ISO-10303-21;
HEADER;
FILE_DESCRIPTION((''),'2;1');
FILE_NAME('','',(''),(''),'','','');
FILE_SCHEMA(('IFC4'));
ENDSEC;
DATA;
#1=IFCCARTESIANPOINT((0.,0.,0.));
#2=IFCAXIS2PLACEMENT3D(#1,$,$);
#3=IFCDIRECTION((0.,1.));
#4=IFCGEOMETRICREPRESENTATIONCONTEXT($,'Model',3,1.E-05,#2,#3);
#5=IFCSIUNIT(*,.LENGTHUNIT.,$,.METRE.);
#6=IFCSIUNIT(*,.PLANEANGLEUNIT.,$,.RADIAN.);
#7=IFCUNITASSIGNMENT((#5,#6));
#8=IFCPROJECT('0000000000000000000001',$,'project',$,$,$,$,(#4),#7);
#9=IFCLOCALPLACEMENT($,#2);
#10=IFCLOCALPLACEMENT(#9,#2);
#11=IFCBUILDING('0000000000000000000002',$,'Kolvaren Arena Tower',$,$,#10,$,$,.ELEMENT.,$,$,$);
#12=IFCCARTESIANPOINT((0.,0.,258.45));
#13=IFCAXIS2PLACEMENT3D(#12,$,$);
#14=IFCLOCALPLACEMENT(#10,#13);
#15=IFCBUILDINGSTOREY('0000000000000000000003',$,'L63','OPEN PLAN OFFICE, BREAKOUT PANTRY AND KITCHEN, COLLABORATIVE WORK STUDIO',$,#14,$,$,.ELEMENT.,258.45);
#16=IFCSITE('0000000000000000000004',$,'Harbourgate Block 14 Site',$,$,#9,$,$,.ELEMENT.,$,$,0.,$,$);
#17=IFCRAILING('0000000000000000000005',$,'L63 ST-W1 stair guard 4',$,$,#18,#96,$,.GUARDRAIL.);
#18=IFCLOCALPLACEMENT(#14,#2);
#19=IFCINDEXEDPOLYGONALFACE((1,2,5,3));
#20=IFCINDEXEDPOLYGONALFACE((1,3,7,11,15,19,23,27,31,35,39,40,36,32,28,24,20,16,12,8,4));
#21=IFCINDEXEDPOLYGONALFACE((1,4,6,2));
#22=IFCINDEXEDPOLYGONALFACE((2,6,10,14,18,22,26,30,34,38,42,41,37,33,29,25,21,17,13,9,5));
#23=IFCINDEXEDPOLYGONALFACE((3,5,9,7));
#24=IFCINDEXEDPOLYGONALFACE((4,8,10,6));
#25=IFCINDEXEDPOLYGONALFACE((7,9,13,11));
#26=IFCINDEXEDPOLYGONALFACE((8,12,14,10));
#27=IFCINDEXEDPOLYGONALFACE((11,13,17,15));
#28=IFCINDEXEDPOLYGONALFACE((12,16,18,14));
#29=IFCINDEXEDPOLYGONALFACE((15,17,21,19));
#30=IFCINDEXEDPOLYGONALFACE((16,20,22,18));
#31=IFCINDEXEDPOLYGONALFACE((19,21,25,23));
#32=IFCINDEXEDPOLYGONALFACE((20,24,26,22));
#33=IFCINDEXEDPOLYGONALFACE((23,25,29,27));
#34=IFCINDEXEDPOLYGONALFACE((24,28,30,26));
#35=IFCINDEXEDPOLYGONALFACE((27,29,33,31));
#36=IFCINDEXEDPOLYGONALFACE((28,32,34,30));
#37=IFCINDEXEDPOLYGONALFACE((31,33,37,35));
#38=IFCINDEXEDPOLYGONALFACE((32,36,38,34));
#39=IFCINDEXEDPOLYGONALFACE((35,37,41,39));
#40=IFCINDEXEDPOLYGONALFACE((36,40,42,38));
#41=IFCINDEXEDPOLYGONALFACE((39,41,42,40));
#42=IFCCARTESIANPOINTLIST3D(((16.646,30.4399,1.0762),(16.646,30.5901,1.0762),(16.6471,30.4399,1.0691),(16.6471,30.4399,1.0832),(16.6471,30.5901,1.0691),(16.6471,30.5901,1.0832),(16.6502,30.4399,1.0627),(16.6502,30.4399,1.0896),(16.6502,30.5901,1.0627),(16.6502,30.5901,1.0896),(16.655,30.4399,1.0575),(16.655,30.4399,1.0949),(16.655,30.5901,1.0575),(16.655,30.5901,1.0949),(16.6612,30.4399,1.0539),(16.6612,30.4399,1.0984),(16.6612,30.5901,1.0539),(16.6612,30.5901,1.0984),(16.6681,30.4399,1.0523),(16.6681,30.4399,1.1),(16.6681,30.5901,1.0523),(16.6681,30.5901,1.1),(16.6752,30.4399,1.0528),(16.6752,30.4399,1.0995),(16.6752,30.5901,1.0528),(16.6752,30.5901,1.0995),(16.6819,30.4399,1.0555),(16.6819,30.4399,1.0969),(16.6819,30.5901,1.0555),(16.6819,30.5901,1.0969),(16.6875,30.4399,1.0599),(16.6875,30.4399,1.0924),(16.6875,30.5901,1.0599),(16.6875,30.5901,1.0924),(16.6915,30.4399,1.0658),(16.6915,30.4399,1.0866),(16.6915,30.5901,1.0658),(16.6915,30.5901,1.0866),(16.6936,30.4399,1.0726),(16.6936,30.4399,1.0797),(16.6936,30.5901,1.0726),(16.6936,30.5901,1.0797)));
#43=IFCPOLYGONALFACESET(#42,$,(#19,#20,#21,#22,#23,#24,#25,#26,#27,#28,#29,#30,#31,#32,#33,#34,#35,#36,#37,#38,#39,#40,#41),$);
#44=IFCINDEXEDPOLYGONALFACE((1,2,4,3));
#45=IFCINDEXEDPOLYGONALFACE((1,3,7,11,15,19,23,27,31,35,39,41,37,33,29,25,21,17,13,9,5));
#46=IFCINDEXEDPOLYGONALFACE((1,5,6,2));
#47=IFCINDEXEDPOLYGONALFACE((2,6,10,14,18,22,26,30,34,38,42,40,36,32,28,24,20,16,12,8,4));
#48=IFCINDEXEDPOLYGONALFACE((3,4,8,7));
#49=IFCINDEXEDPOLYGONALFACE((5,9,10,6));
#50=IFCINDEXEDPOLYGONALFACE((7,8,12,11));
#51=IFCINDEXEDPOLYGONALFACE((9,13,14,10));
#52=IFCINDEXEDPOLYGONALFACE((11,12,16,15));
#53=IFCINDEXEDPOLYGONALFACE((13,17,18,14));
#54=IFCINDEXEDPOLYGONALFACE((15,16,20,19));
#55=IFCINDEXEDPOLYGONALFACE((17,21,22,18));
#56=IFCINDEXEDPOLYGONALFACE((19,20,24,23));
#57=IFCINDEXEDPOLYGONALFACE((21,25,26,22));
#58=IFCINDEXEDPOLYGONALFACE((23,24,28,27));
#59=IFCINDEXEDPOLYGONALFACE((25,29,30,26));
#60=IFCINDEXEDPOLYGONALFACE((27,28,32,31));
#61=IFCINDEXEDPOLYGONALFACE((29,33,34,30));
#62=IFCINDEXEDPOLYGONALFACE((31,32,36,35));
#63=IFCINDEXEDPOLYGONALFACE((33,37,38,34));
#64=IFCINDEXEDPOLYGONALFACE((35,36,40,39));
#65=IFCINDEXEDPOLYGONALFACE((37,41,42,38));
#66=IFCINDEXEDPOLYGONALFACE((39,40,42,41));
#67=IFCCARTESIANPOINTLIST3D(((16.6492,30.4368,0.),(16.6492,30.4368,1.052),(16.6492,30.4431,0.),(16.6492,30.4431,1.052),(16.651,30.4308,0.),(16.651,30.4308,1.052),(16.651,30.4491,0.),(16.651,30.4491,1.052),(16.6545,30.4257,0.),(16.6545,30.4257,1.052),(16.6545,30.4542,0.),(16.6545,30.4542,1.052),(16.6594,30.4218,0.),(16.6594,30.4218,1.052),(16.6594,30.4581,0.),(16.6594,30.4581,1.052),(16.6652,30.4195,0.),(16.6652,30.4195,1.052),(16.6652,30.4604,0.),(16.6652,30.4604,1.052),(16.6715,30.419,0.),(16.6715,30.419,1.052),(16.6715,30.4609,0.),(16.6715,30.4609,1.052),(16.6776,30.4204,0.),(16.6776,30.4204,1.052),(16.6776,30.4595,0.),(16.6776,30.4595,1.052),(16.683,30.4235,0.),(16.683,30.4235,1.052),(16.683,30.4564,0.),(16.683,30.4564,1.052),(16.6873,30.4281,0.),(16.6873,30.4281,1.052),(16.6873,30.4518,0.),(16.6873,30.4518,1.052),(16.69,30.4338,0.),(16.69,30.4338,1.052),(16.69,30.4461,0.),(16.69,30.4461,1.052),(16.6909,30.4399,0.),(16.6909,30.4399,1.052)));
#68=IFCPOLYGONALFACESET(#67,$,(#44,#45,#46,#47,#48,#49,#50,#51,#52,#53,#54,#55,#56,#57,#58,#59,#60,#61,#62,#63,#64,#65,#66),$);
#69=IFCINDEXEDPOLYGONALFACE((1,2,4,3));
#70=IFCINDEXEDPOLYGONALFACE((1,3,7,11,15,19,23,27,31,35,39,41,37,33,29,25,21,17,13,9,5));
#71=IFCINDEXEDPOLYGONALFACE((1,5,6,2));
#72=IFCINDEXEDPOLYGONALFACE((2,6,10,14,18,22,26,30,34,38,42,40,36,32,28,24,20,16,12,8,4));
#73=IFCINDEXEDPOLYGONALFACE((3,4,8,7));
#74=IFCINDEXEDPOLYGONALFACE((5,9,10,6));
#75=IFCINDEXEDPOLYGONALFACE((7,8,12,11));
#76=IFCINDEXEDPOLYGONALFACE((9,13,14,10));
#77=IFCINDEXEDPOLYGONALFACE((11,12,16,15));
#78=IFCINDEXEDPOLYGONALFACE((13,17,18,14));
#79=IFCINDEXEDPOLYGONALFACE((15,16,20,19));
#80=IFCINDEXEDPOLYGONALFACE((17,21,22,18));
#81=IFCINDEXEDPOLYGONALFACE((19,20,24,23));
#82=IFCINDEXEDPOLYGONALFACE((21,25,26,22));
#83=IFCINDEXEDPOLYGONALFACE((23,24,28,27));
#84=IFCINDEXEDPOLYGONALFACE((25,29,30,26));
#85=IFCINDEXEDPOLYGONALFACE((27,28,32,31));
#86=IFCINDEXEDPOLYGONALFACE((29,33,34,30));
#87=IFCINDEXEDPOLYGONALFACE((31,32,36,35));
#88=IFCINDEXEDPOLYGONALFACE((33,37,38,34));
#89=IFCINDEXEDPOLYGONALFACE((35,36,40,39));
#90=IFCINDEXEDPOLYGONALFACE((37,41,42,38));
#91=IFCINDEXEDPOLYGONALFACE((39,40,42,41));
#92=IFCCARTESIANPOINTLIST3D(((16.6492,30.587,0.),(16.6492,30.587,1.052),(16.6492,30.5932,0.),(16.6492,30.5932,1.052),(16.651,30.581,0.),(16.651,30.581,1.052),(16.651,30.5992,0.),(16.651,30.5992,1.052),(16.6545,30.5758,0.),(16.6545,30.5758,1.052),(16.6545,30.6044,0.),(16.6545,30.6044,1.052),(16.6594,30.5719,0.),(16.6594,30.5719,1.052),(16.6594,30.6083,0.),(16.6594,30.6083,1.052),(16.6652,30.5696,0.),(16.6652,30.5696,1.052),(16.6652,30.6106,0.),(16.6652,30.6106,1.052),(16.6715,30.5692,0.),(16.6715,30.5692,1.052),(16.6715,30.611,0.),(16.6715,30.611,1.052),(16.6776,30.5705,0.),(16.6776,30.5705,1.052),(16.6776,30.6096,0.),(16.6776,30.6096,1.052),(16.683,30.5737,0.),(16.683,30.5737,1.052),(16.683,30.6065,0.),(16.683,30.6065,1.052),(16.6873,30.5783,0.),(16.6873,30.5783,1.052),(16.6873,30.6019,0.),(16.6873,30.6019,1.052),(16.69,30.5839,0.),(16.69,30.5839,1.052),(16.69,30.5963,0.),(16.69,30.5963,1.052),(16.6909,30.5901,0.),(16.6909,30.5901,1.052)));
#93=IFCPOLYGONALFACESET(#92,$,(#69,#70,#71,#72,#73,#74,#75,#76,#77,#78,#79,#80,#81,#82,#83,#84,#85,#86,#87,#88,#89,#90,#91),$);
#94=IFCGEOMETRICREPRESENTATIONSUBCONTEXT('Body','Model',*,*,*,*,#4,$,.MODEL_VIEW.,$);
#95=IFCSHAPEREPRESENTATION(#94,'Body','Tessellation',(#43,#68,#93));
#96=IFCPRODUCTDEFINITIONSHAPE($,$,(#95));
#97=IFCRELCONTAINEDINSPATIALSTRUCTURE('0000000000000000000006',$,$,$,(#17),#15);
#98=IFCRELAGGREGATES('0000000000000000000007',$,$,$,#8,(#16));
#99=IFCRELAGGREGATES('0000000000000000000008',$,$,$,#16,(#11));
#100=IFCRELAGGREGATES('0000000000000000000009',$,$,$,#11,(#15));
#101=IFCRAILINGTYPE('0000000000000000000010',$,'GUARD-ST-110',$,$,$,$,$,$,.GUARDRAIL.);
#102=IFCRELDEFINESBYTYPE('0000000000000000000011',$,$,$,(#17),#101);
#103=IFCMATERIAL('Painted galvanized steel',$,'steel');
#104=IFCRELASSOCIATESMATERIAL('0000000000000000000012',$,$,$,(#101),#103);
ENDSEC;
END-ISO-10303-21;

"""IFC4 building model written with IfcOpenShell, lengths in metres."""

from ifc_helpers import new_model, si_unit, direction, frame, origin, origin_2d, place, context, subcontext, project, spatial, circle, extrude, material, type_object, element, save


model = new_model("IFC4")

# Units and contexts
model_context = context("Model", 3, precision=1e-05, world=origin(), true_north=direction((0.0, 1.0)))
body_context = subcontext(model_context, "Body", "Model", "MODEL_VIEW")
ifc_project = project(units=[si_unit("LENGTHUNIT", "METRE"), si_unit("PLANEANGLEUNIT", "RADIAN")], contexts=[model_context])

# Site, building, storey
site_placement = place(None, origin())
site = spatial("IfcSite", under=ifc_project, at=site_placement, Name="Harbourgate Block 14 Site", CompositionType="ELEMENT", RefElevation=0.0)
building_placement = place(site_placement, origin())
building = spatial("IfcBuilding", under=site, at=building_placement, Name="Kolvaren Arena Tower", CompositionType="ELEMENT")
storey_placement = place(building_placement, frame((0.0, 0.0, 258.45)))
storey = spatial("IfcBuildingStorey", under=building, at=storey_placement, Name="L63", Description="OPEN PLAN OFFICE, BREAKOUT PANTRY AND KITCHEN, COLLABORATIVE WORK STUDIO", CompositionType="ELEMENT", Elevation=258.45)

# Railing
ifc_material_1 = material(Name="Painted galvanized steel", Category="steel")
railing_type_1 = type_object("IfcRailingType", Name="GUARD-ST-110", PredefinedType="GUARDRAIL", material=ifc_material_1)
railing_1_placement = place(storey_placement, frame((16.6699, 30.4399, 0.0)))
element("IfcRailing", 1, at=railing_1_placement, inside=storey, type_object=railing_type_1, Name="L63 ST-W1 stair guard 4", PredefinedType="GUARDRAIL", context=body_context, shape_type="SweptSolid", body=[
    extrude(circle(Radius=0.0239, at=origin_2d()), frame((0.0, 0.0, 1.0762), z_axis=(0.0, 1.0, 0.0), x_axis=(-1.0, 0.0, 0.0)), (0.0, 0.0, 1.0), 0.1501),
    extrude(circle(Radius=0.021, at=origin_2d()), origin(), (0.0, 0.0, 1.0), 1.052),
    extrude(circle(Radius=0.021, at=origin_2d()), frame((0.0, 0.1501, 0.0)), (0.0, 0.0, 1.0), 1.052),
])

save(model, "model.ifc")
